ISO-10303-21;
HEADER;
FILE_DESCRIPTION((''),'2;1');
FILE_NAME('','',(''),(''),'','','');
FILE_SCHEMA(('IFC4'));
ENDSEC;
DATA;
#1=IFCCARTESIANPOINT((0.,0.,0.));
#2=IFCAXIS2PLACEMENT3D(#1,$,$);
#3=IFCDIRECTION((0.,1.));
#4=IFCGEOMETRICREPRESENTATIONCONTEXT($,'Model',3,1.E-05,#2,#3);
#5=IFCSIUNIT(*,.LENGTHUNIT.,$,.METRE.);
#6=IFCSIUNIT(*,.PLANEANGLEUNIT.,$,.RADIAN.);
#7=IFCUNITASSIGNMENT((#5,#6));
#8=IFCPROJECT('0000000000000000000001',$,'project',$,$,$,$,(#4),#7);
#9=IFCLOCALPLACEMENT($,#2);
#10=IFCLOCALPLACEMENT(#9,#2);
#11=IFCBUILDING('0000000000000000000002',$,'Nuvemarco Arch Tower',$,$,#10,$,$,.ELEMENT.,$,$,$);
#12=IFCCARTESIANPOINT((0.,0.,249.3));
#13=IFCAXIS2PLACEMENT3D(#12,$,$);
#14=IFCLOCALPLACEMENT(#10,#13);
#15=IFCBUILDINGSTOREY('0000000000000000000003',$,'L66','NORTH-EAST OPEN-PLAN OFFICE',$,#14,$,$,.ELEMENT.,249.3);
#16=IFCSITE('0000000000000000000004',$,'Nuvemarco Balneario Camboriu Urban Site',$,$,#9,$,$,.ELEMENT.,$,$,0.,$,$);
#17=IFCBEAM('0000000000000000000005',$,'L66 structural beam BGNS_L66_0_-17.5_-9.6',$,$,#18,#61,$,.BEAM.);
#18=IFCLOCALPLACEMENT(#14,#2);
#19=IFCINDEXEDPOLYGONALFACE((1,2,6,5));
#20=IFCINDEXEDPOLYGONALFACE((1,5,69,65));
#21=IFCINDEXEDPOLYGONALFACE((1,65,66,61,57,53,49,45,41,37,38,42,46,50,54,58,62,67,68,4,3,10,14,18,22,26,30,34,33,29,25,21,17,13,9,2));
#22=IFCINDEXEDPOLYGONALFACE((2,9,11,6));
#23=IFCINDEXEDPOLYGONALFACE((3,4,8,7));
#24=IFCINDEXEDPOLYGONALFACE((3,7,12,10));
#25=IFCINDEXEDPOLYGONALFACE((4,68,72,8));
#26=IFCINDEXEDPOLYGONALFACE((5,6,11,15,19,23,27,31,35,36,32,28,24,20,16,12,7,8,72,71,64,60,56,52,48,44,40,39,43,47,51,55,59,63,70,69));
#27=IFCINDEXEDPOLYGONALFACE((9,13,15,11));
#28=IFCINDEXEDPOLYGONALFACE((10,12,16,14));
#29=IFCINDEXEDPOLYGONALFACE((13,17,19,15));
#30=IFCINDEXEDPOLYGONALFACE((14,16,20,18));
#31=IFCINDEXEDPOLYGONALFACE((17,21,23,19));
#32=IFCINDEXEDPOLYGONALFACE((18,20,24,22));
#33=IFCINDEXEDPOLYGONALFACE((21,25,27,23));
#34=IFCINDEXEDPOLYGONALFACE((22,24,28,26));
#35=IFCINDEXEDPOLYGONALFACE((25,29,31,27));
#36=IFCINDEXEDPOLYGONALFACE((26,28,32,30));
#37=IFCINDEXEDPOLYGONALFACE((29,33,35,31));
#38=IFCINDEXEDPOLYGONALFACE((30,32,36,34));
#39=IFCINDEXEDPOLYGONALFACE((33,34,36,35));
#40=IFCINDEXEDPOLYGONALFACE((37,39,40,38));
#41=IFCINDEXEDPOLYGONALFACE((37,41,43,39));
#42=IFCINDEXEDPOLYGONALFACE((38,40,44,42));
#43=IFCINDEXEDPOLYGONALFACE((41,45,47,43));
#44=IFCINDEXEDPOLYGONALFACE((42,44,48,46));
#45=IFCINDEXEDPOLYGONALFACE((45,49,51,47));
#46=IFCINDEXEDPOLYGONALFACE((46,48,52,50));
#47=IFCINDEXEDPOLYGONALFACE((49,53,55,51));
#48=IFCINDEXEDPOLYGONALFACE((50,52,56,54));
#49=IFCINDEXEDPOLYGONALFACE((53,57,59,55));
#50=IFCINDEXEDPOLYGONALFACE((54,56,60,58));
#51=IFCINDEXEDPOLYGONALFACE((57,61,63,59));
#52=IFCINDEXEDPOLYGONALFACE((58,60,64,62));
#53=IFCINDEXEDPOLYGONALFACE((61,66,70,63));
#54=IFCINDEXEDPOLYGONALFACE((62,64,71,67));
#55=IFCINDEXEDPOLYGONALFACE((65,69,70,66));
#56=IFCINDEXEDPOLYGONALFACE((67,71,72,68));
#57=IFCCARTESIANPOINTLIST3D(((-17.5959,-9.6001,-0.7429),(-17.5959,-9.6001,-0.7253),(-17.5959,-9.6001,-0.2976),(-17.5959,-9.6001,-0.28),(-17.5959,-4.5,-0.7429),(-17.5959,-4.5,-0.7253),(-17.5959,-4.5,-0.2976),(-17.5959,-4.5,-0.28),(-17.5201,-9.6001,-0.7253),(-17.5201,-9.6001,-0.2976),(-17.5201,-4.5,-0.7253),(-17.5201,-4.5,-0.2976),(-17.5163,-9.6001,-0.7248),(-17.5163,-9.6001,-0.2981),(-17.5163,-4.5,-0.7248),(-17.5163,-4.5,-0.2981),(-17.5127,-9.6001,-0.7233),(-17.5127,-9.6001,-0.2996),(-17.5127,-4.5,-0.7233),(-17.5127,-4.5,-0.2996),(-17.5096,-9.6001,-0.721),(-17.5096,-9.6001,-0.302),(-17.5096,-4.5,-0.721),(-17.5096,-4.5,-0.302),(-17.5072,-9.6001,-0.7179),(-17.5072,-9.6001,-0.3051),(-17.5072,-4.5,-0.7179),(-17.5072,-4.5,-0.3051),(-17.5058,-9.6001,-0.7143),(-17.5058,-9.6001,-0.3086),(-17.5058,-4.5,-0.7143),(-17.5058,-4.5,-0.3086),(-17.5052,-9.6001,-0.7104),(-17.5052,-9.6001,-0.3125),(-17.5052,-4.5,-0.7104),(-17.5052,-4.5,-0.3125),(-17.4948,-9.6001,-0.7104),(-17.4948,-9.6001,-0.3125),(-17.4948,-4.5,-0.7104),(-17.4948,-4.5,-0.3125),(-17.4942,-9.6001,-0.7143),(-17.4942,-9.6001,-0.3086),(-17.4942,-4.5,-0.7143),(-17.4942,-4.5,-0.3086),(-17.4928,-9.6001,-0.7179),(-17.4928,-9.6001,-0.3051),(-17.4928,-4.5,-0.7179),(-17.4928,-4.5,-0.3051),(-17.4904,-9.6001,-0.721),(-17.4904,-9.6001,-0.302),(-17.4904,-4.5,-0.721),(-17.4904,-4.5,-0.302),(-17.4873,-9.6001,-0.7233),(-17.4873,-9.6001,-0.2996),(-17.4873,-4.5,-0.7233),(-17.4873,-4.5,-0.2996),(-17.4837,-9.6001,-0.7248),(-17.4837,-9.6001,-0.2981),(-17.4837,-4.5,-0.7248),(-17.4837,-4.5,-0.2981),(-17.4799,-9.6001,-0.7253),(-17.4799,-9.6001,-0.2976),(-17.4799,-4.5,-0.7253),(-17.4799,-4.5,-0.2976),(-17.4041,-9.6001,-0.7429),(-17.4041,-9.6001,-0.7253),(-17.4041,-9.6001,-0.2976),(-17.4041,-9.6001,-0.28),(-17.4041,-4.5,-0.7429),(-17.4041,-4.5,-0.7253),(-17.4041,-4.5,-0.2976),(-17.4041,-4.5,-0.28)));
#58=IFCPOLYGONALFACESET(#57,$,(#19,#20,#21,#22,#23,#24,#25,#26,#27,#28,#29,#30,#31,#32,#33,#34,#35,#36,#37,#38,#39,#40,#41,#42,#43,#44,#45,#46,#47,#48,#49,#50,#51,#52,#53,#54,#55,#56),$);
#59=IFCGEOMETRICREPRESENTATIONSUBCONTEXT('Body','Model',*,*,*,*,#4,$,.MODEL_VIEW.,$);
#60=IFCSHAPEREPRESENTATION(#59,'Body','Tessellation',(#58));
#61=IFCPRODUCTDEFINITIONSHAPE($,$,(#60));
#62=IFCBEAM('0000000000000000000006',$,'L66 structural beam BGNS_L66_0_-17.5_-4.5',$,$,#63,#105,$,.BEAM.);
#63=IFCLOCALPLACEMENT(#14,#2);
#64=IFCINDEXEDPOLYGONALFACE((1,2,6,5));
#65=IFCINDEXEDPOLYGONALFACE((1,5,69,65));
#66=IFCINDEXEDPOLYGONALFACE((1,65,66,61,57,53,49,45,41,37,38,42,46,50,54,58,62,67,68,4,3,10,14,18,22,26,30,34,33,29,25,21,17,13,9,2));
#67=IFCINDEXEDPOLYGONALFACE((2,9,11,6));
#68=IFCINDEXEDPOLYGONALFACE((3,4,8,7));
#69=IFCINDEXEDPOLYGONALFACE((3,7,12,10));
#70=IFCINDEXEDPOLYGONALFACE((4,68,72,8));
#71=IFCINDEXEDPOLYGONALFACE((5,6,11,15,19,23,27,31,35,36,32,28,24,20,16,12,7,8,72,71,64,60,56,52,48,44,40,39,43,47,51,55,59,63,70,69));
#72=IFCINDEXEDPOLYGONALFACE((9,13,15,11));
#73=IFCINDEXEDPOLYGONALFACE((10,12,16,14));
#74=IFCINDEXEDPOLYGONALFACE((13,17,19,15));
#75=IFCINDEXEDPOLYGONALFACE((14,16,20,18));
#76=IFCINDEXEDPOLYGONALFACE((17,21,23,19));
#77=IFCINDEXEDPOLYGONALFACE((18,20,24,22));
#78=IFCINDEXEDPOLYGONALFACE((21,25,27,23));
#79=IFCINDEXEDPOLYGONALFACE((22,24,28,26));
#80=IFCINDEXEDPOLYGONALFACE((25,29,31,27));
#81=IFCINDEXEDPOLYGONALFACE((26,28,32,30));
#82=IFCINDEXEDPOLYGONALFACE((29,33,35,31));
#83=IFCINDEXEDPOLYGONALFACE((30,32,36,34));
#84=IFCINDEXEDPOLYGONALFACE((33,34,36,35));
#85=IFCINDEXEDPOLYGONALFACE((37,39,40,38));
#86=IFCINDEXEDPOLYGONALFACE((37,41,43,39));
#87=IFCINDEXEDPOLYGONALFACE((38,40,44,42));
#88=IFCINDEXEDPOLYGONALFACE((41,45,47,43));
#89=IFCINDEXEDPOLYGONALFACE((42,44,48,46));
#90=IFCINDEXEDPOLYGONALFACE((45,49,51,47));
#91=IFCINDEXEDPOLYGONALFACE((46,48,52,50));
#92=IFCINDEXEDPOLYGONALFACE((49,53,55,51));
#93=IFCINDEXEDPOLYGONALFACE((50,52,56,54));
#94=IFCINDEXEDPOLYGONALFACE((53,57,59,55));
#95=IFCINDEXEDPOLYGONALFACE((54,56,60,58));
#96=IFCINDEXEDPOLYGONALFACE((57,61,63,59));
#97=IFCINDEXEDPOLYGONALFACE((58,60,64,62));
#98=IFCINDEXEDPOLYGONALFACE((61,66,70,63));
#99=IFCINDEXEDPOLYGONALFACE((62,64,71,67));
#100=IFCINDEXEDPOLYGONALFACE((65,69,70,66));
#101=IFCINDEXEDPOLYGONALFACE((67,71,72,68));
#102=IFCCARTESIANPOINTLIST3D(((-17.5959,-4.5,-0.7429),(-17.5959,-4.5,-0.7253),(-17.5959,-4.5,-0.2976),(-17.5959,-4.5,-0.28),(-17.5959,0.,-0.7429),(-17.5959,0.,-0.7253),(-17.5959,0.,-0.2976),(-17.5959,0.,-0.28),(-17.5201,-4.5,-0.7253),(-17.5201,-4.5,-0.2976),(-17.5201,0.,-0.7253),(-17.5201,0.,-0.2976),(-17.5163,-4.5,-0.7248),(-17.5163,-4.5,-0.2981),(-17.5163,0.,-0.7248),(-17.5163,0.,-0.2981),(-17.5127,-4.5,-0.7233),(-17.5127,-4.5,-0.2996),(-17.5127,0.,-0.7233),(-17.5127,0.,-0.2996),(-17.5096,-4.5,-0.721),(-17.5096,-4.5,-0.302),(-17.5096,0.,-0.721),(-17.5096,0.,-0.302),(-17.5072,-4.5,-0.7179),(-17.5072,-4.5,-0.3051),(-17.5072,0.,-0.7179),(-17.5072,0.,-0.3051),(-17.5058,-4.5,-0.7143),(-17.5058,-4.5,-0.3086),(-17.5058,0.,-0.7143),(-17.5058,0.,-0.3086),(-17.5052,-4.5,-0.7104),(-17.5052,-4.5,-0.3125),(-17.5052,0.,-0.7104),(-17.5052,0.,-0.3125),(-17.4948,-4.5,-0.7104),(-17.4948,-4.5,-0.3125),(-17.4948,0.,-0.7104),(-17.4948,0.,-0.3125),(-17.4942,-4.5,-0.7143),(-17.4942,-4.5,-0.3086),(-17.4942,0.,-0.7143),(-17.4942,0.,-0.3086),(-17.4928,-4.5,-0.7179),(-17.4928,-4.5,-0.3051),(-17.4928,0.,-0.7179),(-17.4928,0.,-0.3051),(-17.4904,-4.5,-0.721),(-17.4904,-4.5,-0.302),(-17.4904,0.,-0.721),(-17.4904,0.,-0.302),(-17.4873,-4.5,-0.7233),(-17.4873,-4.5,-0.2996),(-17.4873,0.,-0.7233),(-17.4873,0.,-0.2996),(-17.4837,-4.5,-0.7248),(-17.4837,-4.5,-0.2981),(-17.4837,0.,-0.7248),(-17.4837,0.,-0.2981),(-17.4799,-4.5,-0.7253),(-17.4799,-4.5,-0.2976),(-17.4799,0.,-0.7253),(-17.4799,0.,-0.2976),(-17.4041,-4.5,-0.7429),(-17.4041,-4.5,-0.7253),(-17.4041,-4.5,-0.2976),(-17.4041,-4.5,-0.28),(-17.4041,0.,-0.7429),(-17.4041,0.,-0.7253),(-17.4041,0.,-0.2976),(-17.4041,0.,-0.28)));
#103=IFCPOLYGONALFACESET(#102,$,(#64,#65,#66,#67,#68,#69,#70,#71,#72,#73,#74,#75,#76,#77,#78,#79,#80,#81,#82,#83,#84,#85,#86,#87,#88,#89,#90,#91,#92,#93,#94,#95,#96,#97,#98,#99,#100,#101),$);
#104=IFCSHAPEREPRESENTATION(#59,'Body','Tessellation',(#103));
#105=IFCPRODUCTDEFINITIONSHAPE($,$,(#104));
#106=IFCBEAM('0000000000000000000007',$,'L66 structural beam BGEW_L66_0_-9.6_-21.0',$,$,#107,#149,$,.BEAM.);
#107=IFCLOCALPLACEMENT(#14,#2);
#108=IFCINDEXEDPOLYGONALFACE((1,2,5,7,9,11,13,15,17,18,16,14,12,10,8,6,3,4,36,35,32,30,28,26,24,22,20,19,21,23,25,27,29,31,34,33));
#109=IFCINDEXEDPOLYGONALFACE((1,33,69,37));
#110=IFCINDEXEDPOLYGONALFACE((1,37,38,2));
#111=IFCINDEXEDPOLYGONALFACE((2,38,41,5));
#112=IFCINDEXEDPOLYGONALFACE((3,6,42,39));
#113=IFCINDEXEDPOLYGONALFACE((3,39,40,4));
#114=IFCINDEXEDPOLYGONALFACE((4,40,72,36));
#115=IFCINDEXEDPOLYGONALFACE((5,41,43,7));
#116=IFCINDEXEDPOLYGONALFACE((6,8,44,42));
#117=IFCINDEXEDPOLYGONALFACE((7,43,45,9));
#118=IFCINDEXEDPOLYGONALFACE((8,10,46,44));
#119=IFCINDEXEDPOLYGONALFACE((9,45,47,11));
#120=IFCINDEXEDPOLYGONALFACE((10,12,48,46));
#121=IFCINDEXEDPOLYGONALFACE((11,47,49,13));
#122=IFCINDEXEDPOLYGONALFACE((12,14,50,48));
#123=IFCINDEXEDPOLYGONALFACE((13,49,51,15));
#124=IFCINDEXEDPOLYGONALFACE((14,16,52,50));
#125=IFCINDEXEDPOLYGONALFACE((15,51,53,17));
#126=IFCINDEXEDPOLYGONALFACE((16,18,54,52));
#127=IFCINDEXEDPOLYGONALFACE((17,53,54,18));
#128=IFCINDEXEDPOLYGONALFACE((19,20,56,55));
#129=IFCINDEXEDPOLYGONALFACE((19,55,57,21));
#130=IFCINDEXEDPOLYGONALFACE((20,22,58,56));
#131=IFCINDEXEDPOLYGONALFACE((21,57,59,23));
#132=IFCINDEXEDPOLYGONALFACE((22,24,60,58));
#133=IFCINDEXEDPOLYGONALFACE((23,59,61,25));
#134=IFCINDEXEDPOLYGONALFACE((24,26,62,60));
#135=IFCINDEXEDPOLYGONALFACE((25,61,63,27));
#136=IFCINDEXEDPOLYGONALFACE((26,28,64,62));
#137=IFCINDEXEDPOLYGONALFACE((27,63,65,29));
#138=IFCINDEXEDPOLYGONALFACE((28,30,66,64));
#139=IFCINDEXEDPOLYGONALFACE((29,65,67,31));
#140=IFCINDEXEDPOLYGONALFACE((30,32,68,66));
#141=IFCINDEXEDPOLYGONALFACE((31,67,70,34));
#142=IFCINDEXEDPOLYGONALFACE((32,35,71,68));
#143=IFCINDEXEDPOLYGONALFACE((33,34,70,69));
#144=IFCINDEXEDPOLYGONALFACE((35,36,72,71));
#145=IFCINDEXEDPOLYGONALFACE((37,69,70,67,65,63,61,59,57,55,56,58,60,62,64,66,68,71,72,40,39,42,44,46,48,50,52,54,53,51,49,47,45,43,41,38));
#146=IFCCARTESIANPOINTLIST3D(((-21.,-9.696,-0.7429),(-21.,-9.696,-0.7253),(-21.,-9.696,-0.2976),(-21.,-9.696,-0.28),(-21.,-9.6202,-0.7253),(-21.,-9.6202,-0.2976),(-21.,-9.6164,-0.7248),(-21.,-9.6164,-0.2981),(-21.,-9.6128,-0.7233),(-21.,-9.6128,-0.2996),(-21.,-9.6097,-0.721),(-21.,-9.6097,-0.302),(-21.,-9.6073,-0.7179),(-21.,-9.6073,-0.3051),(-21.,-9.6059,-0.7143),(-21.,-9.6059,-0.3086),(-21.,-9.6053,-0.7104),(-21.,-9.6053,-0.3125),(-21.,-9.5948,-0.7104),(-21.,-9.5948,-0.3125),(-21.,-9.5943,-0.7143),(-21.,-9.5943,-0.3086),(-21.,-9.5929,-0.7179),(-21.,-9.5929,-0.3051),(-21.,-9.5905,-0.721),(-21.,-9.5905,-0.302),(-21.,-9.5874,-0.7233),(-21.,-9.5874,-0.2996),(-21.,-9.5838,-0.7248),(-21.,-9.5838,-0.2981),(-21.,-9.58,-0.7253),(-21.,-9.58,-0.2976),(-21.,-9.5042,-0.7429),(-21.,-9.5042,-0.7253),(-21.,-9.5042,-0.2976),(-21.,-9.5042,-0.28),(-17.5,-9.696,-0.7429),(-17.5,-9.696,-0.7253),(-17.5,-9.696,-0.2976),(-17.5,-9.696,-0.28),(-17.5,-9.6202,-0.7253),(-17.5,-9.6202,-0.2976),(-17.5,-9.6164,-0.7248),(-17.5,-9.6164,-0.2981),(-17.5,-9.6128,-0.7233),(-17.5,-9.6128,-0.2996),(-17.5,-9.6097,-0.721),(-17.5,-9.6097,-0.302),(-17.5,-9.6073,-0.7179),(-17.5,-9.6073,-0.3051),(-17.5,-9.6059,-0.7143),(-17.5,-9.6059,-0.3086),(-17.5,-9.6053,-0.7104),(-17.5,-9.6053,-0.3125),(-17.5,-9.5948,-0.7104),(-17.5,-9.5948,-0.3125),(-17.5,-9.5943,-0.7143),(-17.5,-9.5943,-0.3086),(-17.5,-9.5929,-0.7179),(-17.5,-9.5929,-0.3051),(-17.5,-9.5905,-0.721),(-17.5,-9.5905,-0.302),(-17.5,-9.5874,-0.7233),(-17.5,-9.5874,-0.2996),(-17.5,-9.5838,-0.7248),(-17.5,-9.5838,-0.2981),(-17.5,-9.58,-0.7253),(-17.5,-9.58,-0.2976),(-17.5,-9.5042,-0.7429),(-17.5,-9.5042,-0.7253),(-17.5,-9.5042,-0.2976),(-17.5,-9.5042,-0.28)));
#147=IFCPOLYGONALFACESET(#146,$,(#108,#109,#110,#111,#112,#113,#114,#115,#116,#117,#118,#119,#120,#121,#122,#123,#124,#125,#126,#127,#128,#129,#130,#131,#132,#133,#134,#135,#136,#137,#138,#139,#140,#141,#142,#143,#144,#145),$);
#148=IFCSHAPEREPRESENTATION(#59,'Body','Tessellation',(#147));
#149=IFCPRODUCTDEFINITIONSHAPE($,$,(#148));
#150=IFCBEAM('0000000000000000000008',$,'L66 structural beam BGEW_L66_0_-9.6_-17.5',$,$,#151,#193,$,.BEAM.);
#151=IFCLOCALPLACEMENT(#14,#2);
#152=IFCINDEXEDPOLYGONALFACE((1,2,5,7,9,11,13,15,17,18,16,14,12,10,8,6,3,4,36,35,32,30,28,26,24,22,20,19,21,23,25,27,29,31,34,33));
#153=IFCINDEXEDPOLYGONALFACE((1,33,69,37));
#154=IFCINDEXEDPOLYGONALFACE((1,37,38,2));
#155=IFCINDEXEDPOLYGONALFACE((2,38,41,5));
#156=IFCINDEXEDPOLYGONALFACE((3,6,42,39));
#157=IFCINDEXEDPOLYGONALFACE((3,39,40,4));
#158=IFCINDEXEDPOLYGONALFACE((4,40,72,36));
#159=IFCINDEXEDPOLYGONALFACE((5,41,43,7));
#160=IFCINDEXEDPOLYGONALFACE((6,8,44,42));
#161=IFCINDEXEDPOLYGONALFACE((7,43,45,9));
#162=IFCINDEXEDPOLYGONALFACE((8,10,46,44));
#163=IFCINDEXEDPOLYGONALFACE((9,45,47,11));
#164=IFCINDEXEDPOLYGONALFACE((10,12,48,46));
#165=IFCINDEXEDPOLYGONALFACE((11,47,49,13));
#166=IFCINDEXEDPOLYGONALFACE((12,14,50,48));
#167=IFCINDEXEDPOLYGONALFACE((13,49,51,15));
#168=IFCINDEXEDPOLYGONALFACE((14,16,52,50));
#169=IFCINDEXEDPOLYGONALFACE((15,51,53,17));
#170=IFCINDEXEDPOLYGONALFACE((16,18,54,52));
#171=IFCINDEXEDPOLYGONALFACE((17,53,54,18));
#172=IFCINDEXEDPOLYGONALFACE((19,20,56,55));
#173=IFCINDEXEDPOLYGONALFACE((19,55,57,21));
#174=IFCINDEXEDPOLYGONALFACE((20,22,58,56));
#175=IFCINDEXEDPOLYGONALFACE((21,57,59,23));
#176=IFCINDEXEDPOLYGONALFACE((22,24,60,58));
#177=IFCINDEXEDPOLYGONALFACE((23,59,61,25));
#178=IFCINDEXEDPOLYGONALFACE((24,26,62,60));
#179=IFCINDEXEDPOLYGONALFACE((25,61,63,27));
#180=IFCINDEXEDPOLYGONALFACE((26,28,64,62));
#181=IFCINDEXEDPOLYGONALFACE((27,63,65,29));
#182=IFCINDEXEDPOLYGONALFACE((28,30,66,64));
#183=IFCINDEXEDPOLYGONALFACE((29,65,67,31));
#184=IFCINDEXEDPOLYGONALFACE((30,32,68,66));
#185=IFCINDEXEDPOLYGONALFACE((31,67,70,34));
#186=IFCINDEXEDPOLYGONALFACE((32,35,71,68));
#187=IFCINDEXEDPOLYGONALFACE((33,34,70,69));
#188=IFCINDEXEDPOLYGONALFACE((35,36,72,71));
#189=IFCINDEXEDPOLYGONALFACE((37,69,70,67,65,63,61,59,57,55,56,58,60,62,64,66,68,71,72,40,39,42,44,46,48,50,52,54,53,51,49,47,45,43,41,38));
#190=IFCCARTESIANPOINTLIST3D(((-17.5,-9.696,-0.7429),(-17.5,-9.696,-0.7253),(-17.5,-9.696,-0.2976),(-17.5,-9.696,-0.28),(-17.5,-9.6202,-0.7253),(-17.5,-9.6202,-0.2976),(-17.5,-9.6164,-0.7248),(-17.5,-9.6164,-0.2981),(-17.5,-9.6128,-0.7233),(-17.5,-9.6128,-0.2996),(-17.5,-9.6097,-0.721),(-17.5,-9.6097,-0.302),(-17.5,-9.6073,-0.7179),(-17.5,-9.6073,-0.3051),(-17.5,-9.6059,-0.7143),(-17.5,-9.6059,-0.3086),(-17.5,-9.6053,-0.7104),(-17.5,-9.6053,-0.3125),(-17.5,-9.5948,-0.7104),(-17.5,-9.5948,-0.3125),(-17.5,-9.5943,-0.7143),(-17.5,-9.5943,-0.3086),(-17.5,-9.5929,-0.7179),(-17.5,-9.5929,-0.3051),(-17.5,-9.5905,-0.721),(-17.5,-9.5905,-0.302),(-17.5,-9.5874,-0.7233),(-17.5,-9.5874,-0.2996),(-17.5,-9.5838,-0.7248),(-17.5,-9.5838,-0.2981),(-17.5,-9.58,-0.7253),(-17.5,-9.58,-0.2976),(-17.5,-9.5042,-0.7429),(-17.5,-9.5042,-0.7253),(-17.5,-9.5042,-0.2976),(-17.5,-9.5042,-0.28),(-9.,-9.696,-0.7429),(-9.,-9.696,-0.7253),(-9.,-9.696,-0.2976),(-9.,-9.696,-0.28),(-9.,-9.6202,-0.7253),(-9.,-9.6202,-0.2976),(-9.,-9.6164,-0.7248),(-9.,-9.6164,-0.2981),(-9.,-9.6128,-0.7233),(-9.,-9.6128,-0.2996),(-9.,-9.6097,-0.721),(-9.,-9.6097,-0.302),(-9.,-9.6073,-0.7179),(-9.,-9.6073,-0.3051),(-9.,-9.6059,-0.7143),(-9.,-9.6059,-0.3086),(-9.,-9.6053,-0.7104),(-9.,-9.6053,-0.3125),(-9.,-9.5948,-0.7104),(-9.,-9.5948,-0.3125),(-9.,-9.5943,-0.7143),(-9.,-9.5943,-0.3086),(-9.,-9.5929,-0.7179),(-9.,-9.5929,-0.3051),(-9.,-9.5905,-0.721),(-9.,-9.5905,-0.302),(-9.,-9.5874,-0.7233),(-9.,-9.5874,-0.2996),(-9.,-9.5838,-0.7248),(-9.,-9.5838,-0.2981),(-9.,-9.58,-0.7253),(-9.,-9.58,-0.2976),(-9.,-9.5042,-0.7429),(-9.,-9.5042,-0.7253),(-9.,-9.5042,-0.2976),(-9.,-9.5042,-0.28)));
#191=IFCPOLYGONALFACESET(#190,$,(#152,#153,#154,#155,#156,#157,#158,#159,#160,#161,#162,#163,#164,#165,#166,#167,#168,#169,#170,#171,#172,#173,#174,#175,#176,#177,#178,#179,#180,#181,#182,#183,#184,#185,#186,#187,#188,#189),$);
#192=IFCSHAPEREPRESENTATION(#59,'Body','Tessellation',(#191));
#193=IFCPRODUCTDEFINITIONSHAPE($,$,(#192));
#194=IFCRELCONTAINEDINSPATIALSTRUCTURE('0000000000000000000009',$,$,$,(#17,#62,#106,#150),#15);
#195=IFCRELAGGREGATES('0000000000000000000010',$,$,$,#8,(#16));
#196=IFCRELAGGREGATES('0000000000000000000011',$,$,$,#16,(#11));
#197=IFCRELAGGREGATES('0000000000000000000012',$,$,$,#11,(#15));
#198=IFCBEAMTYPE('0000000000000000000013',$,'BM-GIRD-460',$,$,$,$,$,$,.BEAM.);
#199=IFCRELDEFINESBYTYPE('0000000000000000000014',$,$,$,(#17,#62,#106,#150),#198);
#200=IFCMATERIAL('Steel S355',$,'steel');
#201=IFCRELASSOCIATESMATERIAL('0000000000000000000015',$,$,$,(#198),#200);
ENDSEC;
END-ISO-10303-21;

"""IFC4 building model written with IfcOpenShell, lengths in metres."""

from ifc_helpers import new_model, si_unit, direction, frame, origin, origin_2d, place, context, subcontext, project, spatial, i_section, extrude, material, material_profile, profile_set, type_object, element, save


model = new_model("IFC4")

# Units and contexts
model_context = context("Model", 3, precision=1e-05, world=origin(), true_north=direction((0.0, 1.0)))
body_context = subcontext(model_context, "Body", "Model", "MODEL_VIEW")
ifc_project = project(units=[si_unit("LENGTHUNIT", "METRE"), si_unit("PLANEANGLEUNIT", "RADIAN")], contexts=[model_context])

# Site, building, storey
site_placement = place(None, origin())
site = spatial("IfcSite", under=ifc_project, at=site_placement, Name="Nuvemarco Balneario Camboriu Urban Site", CompositionType="ELEMENT", RefElevation=0.0)
building_placement = place(site_placement, origin())
building = spatial("IfcBuilding", under=site, at=building_placement, Name="Nuvemarco Arch Tower", CompositionType="ELEMENT")
storey_placement = place(building_placement, frame((0.0, 0.0, 249.3)))
storey = spatial("IfcBuildingStorey", under=building, at=storey_placement, Name="L66", Description="NORTH-EAST OPEN-PLAN OFFICE", CompositionType="ELEMENT", Elevation=249.3)

# Shared definitions
ifc_material_1 = material(Name="Steel S355", Category="steel")

# Beams
ifc_material_profile_1 = material_profile(ifc_material_1, i_section(OverallWidth=0.1919, OverallDepth=0.4629, WebThickness=0.0105, FlangeThickness=0.0176, FilletRadius=0.0149, at=origin_2d()), Name="W460x89")
ifc_profile_set_1 = profile_set([ifc_material_profile_1], Name="Steel S355")
beam_type_1 = type_object("IfcBeamType", Name="BM-GIRD-460", PredefinedType="BEAM", material=ifc_profile_set_1)
beam_1_placement = place(storey_placement, frame((-17.5, -9.6001, -0.5115), z_axis=(0.0, 1.0, 0.0), x_axis=(-1.0, 0.0, 0.0)))
element("IfcBeam", 1, at=beam_1_placement, inside=storey, type_object=beam_type_1, Name="L66 structural beam BGNS_L66_0_-17.5_-9.6", PredefinedType="BEAM", context=body_context, shape_type="SweptSolid", body=[
    extrude(i_section(OverallWidth=0.1919, OverallDepth=0.4629, WebThickness=0.0105, FlangeThickness=0.0176, FilletRadius=0.0149, at=origin_2d()), origin(), (0.0, 0.0, 1.0), 5.1001),
])
beam_2_placement = place(storey_placement, frame((-17.5, -4.5, -0.5115), z_axis=(0.0, 1.0, 0.0), x_axis=(-1.0, 0.0, 0.0)))
element("IfcBeam", 2, at=beam_2_placement, inside=storey, type_object=beam_type_1, Name="L66 structural beam BGNS_L66_0_-17.5_-4.5", PredefinedType="BEAM", context=body_context, shape_type="SweptSolid", body=[
    extrude(i_section(OverallWidth=0.1919, OverallDepth=0.4629, WebThickness=0.0105, FlangeThickness=0.0176, FilletRadius=0.0149, at=origin_2d()), origin(), (0.0, 0.0, 1.0), 4.5),
])
beam_3_placement = place(storey_placement, frame((-21.0, -9.6001, -0.5115), z_axis=(1.0, 0.0, 0.0), x_axis=(0.0, 1.0, 0.0)))
element("IfcBeam", 3, at=beam_3_placement, inside=storey, type_object=beam_type_1, Name="L66 structural beam BGEW_L66_0_-9.6_-21.0", PredefinedType="BEAM", context=body_context, shape_type="SweptSolid", body=[
    extrude(i_section(OverallWidth=0.1919, OverallDepth=0.4629, WebThickness=0.0105, FlangeThickness=0.0176, FilletRadius=0.0149, at=origin_2d()), origin(), (0.0, 0.0, 1.0), 3.5),
])
beam_4_placement = place(storey_placement, frame((-17.5, -9.6001, -0.5115), z_axis=(1.0, 0.0, 0.0), x_axis=(0.0, 1.0, 0.0)))
element("IfcBeam", 4, at=beam_4_placement, inside=storey, type_object=beam_type_1, Name="L66 structural beam BGEW_L66_0_-9.6_-17.5", PredefinedType="BEAM", context=body_context, shape_type="SweptSolid", body=[
    extrude(i_section(OverallWidth=0.1919, OverallDepth=0.4629, WebThickness=0.0105, FlangeThickness=0.0176, FilletRadius=0.0149, at=origin_2d()), origin(), (0.0, 0.0, 1.0), 8.5),
])

save(model, "model.ifc")
